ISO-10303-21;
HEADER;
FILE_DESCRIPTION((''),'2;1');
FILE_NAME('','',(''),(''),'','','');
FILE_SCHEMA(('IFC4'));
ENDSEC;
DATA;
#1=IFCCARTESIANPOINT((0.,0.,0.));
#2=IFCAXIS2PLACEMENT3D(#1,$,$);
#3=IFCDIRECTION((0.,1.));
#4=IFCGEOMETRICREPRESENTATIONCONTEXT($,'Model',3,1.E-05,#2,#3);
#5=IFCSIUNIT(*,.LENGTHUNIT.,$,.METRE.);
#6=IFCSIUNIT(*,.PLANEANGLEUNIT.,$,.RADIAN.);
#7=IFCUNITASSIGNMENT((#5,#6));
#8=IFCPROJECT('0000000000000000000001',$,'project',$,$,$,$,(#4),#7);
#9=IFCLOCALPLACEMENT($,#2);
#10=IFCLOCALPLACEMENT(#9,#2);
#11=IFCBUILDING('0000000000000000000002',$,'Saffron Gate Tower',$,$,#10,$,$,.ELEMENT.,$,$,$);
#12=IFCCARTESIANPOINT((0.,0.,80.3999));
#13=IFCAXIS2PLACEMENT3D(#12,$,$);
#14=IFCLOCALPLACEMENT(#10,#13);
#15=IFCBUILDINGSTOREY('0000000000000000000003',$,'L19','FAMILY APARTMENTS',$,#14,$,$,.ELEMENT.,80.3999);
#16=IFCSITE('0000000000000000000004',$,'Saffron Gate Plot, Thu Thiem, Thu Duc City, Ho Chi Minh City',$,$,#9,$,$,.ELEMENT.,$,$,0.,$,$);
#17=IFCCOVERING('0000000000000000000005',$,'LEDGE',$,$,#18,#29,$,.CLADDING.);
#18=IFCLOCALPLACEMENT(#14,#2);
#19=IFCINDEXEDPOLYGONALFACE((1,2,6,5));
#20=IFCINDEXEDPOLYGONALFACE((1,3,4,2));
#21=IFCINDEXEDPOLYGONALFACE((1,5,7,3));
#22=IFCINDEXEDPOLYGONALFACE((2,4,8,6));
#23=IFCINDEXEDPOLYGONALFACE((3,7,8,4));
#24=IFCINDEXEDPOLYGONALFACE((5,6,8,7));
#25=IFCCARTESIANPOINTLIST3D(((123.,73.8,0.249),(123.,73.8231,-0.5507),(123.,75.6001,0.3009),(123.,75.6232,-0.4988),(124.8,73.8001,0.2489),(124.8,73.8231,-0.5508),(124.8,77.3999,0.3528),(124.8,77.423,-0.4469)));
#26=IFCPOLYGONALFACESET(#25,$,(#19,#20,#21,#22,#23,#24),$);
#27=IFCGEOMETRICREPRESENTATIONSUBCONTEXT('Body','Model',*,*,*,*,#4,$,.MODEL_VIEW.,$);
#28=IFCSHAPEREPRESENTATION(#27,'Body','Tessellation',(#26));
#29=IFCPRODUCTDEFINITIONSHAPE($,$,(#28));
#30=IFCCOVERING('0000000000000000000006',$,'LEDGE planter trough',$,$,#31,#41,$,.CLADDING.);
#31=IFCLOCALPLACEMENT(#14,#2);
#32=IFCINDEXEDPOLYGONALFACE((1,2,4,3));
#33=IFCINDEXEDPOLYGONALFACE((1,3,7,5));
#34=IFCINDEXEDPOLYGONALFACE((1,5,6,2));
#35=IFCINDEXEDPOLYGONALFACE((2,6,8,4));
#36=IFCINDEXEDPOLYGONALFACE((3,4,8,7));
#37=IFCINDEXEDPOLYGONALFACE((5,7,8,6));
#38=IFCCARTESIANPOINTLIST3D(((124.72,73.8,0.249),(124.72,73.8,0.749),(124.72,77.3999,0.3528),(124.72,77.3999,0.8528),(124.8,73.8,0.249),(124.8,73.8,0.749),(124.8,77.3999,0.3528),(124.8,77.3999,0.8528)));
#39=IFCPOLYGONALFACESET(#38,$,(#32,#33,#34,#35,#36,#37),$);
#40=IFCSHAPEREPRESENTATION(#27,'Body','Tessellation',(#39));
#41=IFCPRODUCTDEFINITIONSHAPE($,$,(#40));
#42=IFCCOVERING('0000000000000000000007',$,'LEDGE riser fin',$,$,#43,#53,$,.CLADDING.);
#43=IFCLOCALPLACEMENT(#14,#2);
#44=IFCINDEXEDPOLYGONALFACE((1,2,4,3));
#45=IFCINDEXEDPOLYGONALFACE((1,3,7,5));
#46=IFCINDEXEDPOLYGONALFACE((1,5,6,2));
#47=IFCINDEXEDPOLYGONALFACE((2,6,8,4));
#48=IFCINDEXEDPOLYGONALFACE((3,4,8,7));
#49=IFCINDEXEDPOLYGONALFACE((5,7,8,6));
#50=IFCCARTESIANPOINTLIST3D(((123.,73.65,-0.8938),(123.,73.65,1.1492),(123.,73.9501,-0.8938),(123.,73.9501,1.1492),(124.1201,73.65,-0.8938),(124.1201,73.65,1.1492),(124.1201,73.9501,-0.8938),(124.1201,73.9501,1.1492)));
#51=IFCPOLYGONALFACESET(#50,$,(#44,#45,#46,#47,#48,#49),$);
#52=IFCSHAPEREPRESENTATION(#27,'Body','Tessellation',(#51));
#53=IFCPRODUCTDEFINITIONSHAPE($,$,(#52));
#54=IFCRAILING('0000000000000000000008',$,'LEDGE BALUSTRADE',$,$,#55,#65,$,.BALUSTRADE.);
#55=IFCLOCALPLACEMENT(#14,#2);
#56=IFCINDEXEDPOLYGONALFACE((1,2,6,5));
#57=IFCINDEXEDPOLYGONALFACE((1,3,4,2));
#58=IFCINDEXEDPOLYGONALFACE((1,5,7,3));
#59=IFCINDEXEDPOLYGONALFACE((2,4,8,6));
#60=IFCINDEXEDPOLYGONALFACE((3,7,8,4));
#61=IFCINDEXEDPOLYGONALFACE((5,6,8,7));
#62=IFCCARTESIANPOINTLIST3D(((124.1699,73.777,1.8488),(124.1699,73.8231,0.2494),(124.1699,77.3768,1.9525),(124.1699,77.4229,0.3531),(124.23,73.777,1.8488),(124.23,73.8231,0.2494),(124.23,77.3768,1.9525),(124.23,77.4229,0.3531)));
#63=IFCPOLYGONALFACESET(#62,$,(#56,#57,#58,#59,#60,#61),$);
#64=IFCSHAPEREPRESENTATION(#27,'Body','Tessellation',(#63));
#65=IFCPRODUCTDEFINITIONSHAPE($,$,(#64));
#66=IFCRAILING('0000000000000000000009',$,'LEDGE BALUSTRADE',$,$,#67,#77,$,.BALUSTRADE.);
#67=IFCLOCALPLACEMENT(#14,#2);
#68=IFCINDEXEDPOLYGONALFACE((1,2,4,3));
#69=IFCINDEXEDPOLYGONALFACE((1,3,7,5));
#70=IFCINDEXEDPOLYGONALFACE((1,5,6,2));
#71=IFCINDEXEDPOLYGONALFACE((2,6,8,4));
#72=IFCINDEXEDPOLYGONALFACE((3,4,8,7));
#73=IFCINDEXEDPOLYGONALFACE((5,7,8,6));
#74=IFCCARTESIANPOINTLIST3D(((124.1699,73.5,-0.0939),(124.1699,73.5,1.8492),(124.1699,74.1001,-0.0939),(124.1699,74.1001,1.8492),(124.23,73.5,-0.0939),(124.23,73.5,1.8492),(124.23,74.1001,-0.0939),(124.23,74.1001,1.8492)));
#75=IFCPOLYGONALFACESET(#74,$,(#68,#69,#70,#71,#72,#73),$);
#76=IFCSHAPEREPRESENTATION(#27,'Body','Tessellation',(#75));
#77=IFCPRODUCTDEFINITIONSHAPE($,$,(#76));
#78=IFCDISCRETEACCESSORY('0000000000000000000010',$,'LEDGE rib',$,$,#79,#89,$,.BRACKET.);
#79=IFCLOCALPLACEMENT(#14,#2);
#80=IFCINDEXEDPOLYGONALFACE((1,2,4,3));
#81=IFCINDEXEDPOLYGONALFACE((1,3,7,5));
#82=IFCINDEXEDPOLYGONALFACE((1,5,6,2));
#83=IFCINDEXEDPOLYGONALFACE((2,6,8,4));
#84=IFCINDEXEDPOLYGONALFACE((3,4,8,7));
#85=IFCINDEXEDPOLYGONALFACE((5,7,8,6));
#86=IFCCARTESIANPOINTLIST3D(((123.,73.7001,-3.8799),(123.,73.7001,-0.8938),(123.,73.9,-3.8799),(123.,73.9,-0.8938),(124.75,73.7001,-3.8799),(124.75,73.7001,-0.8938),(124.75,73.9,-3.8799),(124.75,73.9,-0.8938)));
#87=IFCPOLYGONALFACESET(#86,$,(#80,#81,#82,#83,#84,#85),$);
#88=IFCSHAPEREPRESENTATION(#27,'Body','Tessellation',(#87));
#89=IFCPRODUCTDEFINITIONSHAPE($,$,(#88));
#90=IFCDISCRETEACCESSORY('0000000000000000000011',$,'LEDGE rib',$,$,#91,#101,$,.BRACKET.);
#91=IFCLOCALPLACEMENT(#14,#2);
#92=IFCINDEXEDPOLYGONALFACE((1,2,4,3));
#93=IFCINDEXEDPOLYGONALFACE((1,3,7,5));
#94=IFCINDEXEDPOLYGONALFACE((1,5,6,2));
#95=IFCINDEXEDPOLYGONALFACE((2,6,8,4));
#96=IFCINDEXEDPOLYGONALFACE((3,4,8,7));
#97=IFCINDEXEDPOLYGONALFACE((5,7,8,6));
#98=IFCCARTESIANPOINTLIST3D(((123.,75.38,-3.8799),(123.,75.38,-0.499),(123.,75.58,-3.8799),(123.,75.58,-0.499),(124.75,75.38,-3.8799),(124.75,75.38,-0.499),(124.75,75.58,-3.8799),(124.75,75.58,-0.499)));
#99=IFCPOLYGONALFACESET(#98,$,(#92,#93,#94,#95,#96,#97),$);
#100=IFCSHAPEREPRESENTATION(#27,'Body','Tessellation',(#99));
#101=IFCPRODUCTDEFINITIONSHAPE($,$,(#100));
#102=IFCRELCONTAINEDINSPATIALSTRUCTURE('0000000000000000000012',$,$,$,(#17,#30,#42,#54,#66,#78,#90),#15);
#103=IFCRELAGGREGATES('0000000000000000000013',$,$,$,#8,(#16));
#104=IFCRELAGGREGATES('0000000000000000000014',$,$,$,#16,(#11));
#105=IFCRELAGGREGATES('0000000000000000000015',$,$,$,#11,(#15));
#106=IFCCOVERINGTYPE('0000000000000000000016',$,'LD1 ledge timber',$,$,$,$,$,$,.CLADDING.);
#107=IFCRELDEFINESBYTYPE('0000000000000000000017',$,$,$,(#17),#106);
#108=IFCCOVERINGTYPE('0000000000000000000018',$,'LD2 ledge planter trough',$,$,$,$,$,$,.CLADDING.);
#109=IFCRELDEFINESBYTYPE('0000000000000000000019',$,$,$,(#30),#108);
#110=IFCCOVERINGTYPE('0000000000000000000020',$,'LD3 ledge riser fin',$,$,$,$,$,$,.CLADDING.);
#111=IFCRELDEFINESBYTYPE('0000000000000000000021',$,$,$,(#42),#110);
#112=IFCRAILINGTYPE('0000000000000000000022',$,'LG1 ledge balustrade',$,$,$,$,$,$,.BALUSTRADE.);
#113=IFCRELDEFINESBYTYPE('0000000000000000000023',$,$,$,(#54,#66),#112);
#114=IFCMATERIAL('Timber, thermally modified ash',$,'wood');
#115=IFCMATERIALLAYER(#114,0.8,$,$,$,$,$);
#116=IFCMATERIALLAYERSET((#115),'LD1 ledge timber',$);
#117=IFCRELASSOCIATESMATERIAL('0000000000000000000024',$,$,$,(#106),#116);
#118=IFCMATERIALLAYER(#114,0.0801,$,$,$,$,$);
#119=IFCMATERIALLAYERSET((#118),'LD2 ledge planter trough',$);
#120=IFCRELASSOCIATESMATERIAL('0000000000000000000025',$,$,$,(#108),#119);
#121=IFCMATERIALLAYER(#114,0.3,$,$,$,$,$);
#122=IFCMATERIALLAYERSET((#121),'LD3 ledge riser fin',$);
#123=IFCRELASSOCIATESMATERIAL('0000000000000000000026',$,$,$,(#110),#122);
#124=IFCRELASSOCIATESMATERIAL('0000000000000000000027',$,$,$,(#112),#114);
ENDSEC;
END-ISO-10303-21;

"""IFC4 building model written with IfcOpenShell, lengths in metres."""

from ifc_helpers import new_model, si_unit, direction, frame, origin, origin_2d, place, context, subcontext, project, spatial, polyline, rectangle, outline, extrude, material, layer, layer_set, type_object, element, save


model = new_model("IFC4")

# Units and contexts
model_context = context("Model", 3, precision=1e-05, world=origin(), true_north=direction((0.0, 1.0)))
body_context = subcontext(model_context, "Body", "Model", "MODEL_VIEW")
ifc_project = project(units=[si_unit("LENGTHUNIT", "METRE"), si_unit("PLANEANGLEUNIT", "RADIAN")], contexts=[model_context])

# Site, building, storey
site_placement = place(None, origin())
site = spatial("IfcSite", under=ifc_project, at=site_placement, Name="Saffron Gate Plot, Thu Thiem, Thu Duc City, Ho Chi Minh City", CompositionType="ELEMENT", RefElevation=0.0)
building_placement = place(site_placement, origin())
building = spatial("IfcBuilding", under=site, at=building_placement, Name="Saffron Gate Tower", CompositionType="ELEMENT")
storey_placement = place(building_placement, frame((0.0, 0.0, 80.3999)))
storey = spatial("IfcBuildingStorey", under=building, at=storey_placement, Name="L19", Description="FAMILY APARTMENTS", CompositionType="ELEMENT", Elevation=80.3999)

# Coverings
ifc_material_1 = material(Name="Timber, thermally modified ash", Category="wood")
ifc_layer_1 = layer(ifc_material_1, 0.8)
ifc_layer_set_1 = layer_set([ifc_layer_1], Name="LD1 ledge timber")
covering_type_1 = type_object("IfcCoveringType", Name="LD1 ledge timber", PredefinedType="CLADDING", material=ifc_layer_set_1)
covering_1_placement = place(storey_placement, frame((123.0, 73.8, 0.249), z_axis=(0.000044, -0.028833, 0.999584), x_axis=(0.0, 0.999584, 0.028833)))
element("IfcCovering", 1, at=covering_1_placement, inside=storey, type_object=covering_type_1, Name="LEDGE", PredefinedType="CLADDING", context=body_context, shape_type="SweptSolid", body=[
    extrude(outline(polyline([(0.0, 0.0), (1.8008, 0.0), (3.6013, -1.8), (0.0, -1.8), (0.0, 0.0)])), origin(), (0.0, 0.0, -1.0), 0.8),
])
ifc_layer_2 = layer(ifc_material_1, 0.0801)
ifc_layer_set_2 = layer_set([ifc_layer_2], Name="LD2 ledge planter trough")
covering_type_2 = type_object("IfcCoveringType", Name="LD2 ledge planter trough", PredefinedType="CLADDING", material=ifc_layer_set_2)
covering_2_placement = place(storey_placement, frame((124.8, 73.8, 0.249), z_axis=(1.0, 0.0, 0.0), x_axis=(0.0, 0.999585, 0.028811)))
element("IfcCovering", 2, at=covering_2_placement, inside=storey, type_object=covering_type_2, Name="LEDGE planter trough", PredefinedType="CLADDING", context=body_context, shape_type="SweptSolid", body=[
    extrude(outline(polyline([(0.0, 0.0), (3.6013, 0.0), (3.6158, 0.4998), (0.0144, 0.4998), (0.0, 0.0)])), origin(), (0.0, 0.0, -1.0), 0.0801),
])
ifc_layer_3 = layer(ifc_material_1, 0.3)
ifc_layer_set_3 = layer_set([ifc_layer_3], Name="LD3 ledge riser fin")
covering_type_3 = type_object("IfcCoveringType", Name="LD3 ledge riser fin", PredefinedType="CLADDING", material=ifc_layer_set_3)
covering_3_placement = place(storey_placement, frame((123.5601, 73.8, -0.8938), z_axis=(0.0, 0.0, 1.0), x_axis=(0.0, 1.0, 0.0)))
element("IfcCovering", 3, at=covering_3_placement, inside=storey, type_object=covering_type_3, Name="LEDGE riser fin", PredefinedType="CLADDING", context=body_context, shape_type="SweptSolid", body=[
    extrude(rectangle(XDim=0.3, YDim=1.1201, at=origin_2d()), origin(), (0.0, 0.0, 1.0), 2.043),
])

# Railings
railing_type = type_object("IfcRailingType", Name="LG1 ledge balustrade", PredefinedType="BALUSTRADE", material=ifc_material_1)
railing_1_placement = place(storey_placement, frame((124.2, 73.8, 0.249)))
element("IfcRailing", 4, at=railing_1_placement, inside=storey, type_object=railing_type, Name="LEDGE BALUSTRADE", PredefinedType="BALUSTRADE", context=body_context, shape_type="SweptSolid", body=[
    extrude(rectangle(XDim=0.0601, YDim=1.6001, at=origin_2d()), frame((0.0, 0.0, 0.8), z_axis=(0.0, 0.999585, 0.028811), x_axis=(-1.0, 0.0, 0.0)), (0.0, 0.0, 1.0), 3.6013),
])
railing_2_placement = place(storey_placement, frame((124.2, 73.5, -0.094)))
element("IfcRailing", 5, at=railing_2_placement, inside=storey, type_object=railing_type, Name="LEDGE BALUSTRADE", PredefinedType="BALUSTRADE", context=body_context, shape_type="SweptSolid", body=[
    extrude(rectangle(XDim=0.0601, YDim=1.9431, at=origin_2d()), frame((0.0, 0.0, 0.9717), z_axis=(0.0, 1.0, 0.0), x_axis=(-1.0, 0.0, 0.0)), (0.0, 0.0, 1.0), 0.6001),
])

# Discrete accessories
discrete_accessory_1_placement = place(storey_placement, frame((123.875, 73.8, -3.8799), z_axis=(0.0, 0.0, 1.0), x_axis=(0.0, 1.0, 0.0)))
element("IfcDiscreteAccessory", 6, at=discrete_accessory_1_placement, inside=storey, Name="LEDGE rib", PredefinedType="BRACKET", context=body_context, shape_type="SweptSolid", body=[
    extrude(rectangle(XDim=0.2, YDim=1.75, at=origin_2d()), origin(), (0.0, 0.0, 1.0), 2.9861),
])
discrete_accessory_2_placement = place(storey_placement, frame((123.875, 75.48, -3.8799), z_axis=(0.0, 0.0, 1.0), x_axis=(0.0, 1.0, 0.0)))
element("IfcDiscreteAccessory", 7, at=discrete_accessory_2_placement, inside=storey, Name="LEDGE rib", PredefinedType="BRACKET", context=body_context, shape_type="SweptSolid", body=[
    extrude(rectangle(XDim=0.2, YDim=1.75, at=origin_2d()), origin(), (0.0, 0.0, 1.0), 3.3809),
])

save(model, "model.ifc")
